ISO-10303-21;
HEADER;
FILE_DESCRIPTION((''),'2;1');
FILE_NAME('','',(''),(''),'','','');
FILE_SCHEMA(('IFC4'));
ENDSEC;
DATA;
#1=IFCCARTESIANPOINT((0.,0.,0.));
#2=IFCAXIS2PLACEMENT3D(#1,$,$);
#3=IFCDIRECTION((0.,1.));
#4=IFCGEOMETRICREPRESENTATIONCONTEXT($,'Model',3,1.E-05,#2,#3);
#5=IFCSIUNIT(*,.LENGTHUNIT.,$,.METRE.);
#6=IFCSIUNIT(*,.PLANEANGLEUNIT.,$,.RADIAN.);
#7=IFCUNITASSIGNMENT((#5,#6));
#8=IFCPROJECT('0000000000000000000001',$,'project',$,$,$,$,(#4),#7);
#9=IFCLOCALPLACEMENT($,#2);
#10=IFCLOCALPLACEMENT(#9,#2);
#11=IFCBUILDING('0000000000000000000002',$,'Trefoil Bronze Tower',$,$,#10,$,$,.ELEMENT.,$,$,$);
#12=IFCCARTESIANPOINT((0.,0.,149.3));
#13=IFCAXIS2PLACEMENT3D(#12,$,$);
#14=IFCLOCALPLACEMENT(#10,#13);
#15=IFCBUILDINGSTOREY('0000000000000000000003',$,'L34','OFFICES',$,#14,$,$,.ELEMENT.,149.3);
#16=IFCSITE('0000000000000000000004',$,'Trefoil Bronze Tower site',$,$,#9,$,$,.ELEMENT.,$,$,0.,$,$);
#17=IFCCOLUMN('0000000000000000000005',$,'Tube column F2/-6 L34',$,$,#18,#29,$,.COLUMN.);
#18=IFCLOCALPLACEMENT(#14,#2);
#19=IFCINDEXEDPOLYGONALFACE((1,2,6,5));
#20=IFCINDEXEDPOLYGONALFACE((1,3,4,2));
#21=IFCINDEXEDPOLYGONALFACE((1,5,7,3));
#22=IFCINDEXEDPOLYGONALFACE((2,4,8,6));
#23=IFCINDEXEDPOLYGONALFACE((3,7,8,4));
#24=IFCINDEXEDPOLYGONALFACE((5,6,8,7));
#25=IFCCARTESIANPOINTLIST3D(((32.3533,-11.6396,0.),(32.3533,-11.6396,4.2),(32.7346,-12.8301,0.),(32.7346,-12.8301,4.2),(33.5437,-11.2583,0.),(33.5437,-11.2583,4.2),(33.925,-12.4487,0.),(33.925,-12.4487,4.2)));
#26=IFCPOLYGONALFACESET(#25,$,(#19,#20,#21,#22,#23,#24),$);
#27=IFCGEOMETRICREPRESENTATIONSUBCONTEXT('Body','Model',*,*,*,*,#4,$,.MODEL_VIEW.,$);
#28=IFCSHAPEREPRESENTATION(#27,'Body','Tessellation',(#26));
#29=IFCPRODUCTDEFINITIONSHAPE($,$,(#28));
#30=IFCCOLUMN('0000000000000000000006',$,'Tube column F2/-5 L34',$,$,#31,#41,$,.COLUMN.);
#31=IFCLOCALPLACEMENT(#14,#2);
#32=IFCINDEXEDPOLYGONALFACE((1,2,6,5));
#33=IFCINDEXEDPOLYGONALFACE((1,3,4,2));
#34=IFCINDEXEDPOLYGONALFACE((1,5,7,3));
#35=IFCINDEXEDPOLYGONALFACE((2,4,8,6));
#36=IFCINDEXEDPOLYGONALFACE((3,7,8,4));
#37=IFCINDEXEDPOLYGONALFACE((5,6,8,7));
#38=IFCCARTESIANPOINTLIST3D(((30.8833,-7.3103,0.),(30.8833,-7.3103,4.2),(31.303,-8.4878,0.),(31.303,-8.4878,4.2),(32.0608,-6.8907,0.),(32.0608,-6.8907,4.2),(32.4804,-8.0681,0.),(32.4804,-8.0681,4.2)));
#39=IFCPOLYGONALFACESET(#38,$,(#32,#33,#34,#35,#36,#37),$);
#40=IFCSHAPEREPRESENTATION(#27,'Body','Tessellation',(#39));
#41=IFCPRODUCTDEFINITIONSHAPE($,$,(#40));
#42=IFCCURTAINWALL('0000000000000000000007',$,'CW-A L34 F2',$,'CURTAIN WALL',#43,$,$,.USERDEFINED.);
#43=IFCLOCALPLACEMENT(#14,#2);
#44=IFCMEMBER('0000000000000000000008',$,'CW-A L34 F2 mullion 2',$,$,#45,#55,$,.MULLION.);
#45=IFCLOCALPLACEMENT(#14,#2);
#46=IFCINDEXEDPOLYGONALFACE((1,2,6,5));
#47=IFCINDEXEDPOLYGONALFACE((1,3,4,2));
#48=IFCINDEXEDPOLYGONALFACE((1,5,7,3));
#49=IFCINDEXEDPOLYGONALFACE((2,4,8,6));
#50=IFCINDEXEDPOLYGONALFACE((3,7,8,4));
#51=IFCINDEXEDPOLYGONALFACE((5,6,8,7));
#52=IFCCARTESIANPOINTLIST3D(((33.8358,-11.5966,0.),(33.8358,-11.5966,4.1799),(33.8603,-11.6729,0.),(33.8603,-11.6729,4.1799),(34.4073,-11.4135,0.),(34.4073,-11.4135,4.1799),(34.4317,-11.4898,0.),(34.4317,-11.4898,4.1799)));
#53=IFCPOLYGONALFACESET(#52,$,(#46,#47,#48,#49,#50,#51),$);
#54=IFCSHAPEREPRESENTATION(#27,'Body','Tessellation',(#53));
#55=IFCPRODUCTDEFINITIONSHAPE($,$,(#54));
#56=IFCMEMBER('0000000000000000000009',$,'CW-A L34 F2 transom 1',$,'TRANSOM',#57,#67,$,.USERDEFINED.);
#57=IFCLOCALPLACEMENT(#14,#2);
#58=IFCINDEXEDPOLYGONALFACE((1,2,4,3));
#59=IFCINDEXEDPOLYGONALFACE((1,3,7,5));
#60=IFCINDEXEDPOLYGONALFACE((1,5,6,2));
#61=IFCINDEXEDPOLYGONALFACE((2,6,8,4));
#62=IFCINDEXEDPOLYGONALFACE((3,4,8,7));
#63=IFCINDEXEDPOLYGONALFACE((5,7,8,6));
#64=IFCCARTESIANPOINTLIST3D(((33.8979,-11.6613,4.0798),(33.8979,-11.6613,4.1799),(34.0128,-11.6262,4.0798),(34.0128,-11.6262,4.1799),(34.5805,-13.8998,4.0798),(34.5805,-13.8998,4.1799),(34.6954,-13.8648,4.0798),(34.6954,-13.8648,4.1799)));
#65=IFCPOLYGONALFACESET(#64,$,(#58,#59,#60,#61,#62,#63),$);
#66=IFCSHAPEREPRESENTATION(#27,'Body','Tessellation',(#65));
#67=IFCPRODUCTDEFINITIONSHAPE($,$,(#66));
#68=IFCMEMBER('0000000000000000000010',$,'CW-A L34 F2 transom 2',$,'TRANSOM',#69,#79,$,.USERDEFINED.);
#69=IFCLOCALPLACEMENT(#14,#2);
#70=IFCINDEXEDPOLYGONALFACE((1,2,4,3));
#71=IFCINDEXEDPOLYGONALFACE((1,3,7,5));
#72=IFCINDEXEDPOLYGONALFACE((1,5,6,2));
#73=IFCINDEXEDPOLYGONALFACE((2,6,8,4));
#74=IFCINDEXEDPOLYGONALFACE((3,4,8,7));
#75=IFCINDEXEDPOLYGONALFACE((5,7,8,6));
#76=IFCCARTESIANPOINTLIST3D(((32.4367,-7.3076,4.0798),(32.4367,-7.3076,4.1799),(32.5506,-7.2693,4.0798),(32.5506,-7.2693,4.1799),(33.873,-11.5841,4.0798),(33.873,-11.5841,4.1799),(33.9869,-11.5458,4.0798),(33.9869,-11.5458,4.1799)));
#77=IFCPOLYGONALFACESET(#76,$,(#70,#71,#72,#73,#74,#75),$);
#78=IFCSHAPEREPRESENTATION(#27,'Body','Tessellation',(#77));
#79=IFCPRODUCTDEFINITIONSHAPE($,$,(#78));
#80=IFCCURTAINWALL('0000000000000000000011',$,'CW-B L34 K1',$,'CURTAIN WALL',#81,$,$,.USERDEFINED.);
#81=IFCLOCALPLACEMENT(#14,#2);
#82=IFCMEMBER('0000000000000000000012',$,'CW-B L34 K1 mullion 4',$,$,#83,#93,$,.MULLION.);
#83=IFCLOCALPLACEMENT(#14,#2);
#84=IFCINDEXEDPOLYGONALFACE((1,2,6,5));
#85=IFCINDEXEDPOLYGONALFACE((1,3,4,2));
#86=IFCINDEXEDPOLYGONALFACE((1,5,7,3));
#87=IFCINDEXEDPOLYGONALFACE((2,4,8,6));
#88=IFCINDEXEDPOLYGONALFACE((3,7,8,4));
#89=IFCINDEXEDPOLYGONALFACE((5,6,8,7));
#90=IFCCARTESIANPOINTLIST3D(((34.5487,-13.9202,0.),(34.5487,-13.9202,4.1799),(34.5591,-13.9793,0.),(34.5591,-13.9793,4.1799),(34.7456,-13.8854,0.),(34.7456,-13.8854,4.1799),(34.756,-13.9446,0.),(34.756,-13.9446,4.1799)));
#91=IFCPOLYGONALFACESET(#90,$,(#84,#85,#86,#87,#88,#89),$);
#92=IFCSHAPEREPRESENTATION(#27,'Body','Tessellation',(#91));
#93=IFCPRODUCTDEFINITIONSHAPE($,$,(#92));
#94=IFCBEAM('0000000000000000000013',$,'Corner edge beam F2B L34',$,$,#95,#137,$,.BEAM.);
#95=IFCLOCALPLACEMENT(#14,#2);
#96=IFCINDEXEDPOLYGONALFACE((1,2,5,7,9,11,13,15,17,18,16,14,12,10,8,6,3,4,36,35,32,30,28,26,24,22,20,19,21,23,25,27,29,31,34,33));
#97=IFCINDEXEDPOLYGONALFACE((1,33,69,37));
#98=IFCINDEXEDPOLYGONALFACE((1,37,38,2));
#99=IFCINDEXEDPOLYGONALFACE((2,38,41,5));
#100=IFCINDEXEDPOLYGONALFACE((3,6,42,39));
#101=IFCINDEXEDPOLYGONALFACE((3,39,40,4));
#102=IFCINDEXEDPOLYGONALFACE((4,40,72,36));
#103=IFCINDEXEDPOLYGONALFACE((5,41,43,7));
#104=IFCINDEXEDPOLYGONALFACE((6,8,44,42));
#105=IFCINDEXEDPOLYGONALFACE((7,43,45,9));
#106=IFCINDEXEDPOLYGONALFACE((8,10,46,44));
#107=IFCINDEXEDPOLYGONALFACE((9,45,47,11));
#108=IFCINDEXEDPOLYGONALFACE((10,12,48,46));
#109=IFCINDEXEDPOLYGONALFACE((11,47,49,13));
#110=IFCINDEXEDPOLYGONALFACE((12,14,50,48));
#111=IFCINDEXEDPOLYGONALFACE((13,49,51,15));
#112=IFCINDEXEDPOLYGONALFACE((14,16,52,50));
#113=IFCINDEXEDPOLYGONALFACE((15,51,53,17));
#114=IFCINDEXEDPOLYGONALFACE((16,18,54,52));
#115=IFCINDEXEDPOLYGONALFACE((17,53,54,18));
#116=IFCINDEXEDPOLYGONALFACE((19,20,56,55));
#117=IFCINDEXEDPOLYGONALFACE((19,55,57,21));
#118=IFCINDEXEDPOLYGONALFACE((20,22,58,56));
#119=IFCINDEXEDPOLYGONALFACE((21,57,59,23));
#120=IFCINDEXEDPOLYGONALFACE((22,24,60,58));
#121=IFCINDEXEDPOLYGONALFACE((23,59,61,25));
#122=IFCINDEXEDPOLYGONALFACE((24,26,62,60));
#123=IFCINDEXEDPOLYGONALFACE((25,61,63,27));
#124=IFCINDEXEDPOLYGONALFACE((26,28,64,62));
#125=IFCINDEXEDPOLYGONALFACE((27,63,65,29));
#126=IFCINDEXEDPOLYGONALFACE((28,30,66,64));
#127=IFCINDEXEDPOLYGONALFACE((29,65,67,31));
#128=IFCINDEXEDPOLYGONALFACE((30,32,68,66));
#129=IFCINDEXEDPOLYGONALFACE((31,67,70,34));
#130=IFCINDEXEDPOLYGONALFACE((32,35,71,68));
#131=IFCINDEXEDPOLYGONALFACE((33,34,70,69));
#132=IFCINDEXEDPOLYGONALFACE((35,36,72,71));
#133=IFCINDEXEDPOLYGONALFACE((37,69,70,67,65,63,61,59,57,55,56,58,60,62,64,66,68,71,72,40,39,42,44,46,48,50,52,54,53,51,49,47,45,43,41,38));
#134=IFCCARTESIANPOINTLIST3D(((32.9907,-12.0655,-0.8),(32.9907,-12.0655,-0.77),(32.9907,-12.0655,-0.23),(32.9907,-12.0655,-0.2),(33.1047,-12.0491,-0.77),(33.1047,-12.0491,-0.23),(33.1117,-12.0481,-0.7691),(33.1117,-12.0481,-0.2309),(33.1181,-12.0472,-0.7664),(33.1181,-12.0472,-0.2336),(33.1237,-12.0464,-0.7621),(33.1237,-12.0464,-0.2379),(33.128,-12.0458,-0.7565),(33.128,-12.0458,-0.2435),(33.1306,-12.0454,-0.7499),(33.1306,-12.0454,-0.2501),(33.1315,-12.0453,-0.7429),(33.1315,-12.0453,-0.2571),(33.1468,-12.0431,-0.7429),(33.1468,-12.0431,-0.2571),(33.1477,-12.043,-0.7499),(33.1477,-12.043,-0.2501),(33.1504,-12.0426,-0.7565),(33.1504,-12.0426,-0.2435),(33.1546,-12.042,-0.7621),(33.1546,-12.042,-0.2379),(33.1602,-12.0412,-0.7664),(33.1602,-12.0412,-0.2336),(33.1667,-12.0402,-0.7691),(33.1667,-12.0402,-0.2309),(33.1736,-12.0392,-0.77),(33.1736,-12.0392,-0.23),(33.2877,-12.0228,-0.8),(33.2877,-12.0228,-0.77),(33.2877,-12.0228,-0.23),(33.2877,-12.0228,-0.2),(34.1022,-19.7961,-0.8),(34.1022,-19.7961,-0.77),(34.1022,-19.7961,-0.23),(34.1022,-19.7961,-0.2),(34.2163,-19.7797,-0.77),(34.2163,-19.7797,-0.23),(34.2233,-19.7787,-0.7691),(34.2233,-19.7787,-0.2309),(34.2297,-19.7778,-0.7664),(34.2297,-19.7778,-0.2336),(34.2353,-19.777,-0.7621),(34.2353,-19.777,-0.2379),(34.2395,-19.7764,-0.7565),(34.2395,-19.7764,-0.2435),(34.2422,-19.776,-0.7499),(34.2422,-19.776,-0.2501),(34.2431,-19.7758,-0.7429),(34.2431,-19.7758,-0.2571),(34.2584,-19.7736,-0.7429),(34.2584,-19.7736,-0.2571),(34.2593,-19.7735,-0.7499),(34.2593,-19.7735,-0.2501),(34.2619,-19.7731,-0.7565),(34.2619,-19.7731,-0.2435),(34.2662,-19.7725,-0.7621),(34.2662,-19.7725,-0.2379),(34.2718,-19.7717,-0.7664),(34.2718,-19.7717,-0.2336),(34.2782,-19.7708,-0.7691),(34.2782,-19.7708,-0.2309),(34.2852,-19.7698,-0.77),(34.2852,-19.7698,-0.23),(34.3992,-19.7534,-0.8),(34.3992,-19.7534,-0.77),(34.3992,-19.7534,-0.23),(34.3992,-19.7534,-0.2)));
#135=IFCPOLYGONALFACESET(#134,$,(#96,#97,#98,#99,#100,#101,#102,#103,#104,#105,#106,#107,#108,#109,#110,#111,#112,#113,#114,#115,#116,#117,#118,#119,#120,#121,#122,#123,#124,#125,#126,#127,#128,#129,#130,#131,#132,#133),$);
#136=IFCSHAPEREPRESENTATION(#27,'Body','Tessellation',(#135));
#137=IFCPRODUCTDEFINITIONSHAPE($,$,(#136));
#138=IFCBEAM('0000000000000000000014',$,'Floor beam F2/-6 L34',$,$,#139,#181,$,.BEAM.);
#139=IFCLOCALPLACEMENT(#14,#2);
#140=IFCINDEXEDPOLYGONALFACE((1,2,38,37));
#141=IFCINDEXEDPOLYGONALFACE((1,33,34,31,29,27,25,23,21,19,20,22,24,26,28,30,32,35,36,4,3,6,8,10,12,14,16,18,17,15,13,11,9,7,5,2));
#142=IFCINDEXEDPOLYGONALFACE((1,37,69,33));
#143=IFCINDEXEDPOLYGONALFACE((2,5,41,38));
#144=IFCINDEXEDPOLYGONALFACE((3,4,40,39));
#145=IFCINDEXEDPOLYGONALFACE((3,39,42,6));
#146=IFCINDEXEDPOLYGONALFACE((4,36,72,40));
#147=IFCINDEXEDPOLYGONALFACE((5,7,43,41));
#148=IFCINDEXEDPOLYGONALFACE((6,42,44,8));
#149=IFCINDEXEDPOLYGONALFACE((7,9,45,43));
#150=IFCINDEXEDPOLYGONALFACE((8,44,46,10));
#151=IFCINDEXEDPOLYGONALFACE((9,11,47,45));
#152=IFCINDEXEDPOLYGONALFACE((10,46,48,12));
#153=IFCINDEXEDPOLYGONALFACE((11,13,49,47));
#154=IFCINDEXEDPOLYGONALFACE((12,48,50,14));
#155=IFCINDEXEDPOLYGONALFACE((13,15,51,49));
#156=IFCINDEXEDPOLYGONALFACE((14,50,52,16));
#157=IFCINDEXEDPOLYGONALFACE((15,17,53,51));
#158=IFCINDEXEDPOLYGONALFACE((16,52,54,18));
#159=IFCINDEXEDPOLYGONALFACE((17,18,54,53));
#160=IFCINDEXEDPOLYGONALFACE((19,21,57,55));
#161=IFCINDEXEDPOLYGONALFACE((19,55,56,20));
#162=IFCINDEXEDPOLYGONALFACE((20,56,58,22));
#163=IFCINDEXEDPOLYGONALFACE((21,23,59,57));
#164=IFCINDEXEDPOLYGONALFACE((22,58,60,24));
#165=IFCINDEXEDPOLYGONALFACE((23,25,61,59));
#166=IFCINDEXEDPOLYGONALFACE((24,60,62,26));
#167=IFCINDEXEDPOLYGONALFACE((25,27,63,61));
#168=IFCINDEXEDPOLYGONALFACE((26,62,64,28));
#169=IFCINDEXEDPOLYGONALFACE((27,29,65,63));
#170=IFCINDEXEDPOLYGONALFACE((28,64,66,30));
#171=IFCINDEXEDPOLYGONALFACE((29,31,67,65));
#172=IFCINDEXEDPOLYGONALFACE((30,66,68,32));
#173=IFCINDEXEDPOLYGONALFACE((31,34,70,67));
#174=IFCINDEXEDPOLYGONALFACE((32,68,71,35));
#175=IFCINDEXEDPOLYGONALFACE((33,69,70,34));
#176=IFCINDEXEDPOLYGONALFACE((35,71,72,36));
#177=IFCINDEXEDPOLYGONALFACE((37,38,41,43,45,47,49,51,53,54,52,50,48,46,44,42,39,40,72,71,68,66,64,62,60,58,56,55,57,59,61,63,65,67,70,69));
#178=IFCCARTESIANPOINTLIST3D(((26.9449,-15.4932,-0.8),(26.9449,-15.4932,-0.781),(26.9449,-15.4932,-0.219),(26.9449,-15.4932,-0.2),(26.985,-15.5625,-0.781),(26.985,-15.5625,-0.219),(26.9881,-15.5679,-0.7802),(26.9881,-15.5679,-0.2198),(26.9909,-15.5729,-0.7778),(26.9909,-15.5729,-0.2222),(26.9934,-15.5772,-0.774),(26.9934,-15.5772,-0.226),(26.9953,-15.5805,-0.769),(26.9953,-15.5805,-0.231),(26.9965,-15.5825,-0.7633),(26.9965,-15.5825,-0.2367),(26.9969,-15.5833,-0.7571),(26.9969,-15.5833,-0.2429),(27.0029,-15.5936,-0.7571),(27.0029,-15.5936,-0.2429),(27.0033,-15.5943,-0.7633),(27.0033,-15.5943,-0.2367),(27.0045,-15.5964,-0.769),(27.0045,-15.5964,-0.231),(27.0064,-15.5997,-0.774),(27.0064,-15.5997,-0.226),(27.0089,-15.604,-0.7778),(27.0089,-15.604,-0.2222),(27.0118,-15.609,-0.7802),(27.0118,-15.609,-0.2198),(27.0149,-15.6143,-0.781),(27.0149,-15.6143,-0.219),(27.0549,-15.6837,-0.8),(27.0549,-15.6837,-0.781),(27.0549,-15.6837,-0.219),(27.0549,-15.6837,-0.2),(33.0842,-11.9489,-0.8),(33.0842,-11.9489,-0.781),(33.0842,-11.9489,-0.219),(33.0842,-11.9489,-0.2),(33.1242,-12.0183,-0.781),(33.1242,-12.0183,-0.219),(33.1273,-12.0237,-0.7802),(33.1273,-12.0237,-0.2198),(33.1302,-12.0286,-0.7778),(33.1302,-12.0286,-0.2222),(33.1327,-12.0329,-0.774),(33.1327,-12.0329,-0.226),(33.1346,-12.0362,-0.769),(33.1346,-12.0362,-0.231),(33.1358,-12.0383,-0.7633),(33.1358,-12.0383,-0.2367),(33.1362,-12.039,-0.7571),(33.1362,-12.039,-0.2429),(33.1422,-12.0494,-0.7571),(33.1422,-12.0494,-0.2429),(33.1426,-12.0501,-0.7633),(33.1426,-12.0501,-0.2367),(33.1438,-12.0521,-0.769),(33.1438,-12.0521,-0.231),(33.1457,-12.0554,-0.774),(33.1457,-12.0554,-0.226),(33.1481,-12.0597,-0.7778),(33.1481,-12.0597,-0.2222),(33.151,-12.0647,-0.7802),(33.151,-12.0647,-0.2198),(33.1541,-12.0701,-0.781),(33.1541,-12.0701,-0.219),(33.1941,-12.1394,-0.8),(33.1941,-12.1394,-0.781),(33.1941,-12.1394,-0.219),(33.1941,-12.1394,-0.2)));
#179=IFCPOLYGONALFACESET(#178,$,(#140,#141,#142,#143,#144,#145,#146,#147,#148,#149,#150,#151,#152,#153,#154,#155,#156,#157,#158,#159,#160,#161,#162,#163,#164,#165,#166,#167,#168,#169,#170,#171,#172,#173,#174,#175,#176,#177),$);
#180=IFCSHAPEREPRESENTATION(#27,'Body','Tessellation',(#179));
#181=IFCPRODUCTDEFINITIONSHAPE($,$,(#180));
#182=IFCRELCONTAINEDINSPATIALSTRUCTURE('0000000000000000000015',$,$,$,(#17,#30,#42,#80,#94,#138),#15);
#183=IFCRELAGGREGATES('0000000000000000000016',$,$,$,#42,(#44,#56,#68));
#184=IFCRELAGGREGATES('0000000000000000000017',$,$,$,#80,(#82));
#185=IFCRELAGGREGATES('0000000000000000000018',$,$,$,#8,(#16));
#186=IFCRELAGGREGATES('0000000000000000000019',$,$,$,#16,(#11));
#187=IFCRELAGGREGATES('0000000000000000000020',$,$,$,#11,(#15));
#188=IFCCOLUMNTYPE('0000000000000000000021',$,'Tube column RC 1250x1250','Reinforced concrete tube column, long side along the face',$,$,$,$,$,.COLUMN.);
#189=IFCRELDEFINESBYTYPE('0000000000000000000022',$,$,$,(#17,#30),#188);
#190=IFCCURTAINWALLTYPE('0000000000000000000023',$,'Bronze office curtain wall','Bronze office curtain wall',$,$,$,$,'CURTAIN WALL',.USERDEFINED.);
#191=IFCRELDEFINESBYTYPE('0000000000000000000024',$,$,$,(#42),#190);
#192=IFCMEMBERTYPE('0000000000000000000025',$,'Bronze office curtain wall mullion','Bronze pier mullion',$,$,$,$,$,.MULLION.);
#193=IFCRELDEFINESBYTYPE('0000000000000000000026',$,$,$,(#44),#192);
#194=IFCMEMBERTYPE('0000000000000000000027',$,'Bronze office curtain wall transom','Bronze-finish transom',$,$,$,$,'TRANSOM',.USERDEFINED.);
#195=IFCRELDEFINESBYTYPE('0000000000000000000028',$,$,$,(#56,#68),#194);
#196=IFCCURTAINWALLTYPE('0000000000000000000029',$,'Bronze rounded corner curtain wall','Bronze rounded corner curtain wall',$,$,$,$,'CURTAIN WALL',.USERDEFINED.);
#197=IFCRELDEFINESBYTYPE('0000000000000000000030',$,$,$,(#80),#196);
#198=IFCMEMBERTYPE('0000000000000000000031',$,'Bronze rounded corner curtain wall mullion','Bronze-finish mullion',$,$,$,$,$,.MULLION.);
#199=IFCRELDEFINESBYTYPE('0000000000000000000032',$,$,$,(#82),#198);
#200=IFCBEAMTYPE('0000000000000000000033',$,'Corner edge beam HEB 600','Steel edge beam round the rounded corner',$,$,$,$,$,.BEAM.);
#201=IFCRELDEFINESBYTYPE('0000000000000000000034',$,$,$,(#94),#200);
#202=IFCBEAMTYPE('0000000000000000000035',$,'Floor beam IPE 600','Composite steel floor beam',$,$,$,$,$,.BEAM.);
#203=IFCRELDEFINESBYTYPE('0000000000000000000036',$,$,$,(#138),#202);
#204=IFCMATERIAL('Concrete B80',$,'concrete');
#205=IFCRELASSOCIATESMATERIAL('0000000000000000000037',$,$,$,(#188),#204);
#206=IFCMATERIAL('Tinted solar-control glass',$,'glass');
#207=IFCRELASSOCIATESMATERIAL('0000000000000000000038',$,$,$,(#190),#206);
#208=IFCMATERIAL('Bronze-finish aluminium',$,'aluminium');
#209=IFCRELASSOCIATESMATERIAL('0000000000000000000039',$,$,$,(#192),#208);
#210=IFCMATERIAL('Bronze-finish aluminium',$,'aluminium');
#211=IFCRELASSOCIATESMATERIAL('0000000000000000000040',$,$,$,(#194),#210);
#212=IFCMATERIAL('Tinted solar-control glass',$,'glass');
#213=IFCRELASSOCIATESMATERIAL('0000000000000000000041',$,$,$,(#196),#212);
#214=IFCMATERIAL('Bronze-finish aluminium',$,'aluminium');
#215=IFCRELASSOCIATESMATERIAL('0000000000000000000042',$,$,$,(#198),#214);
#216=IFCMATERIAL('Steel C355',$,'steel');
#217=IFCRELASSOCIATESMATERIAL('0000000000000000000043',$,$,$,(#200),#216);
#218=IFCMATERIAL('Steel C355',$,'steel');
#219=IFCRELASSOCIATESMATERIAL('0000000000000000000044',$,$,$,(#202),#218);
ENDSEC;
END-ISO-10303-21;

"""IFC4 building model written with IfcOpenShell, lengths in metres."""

from ifc_helpers import new_model, si_unit, direction, frame, origin, origin_2d, place, context, subcontext, project, spatial, rectangle, i_section, extrude, material, material_profile, profile_set, type_object, element, aggregate, save


model = new_model("IFC4")

# Units and contexts
model_context = context("Model", 3, precision=1e-05, world=origin(), true_north=direction((0.0, 1.0)))
body_context = subcontext(model_context, "Body", "Model", "MODEL_VIEW")
ifc_project = project(units=[si_unit("LENGTHUNIT", "METRE"), si_unit("PLANEANGLEUNIT", "RADIAN")], contexts=[model_context])

# Site, building, storey
site_placement = place(None, origin())
site = spatial("IfcSite", under=ifc_project, at=site_placement, Name="Trefoil Bronze Tower site", CompositionType="ELEMENT", RefElevation=0.0)
building_placement = place(site_placement, origin())
building = spatial("IfcBuilding", under=site, at=building_placement, Name="Trefoil Bronze Tower", CompositionType="ELEMENT")
storey_placement = place(building_placement, frame((0.0, 0.0, 149.3)))
storey = spatial("IfcBuildingStorey", under=building, at=storey_placement, Name="L34", Description="OFFICES", CompositionType="ELEMENT", Elevation=149.3)

# Columns
ifc_material_1 = material(Name="Concrete B80", Category="concrete")
ifc_material_profile_1 = material_profile(ifc_material_1, rectangle(XDim=1.25, YDim=1.25, at=origin_2d()), Name="RC 1250x1250")
ifc_profile_set_1 = profile_set([ifc_material_profile_1], Name="Concrete B80")
column_type = type_object("IfcColumnType", Name="Tube column RC 1250x1250", Description="Reinforced concrete tube column, long side along the face", PredefinedType="COLUMN", material=ifc_profile_set_1)
for number, where, z_axis, x_axis, name in (
    (1, (33.1392, -12.0442, 0.0), (0.0, 0.0, 1.0), (-0.305066, 0.952331, 0.0), "Tube column F2/-6 L34"),
    (2, (31.6819, -7.6892, 0.0), (0.0, 0.0, 1.0), (-0.335718, 0.941963, 0.0), "Tube column F2/-5 L34"),
):
    element("IfcColumn", number, at=place(storey_placement, frame(where, z_axis=z_axis, x_axis=x_axis)), inside=storey, type_object=column_type, Name=name, PredefinedType="COLUMN", context=body_context, shape_type="SweptSolid", body=[
        extrude(rectangle(XDim=1.25, YDim=1.25, at=origin_2d()), origin(), (0.0, 0.0, 1.0), 4.2),
    ])

# Curtain wall, members
ifc_material_2 = material(Name="Tinted solar-control glass", Category="glass")
curtain_wall_type_1 = type_object("IfcCurtainWallType", Name="Bronze office curtain wall", Description="Bronze office curtain wall", ElementType="CURTAIN WALL", PredefinedType="USERDEFINED", material=ifc_material_2)
curtain_wall_1_placement = place(storey_placement, origin())
curtain_wall_1 = element("IfcCurtainWall", 3, at=curtain_wall_1_placement, inside=storey, type_object=curtain_wall_type_1, Name="CW-A L34 F2", ObjectType="CURTAIN WALL", PredefinedType="USERDEFINED")
ifc_material_3 = material(Name="Bronze-finish aluminium", Category="aluminium")
ifc_material_profile_2 = material_profile(ifc_material_3, rectangle(XDim=0.6001, YDim=0.0801, at=origin_2d()), Name="CW-A mullion")
ifc_profile_set_2 = profile_set([ifc_material_profile_2], Name="Bronze-finish aluminium")
member_type_1 = type_object("IfcMemberType", Name="Bronze office curtain wall mullion", Description="Bronze pier mullion", PredefinedType="MULLION", material=ifc_profile_set_2)
member_1_placement = place(storey_placement, frame((34.1338, -11.5432, 0.0), z_axis=(0.0, 0.0, 1.0), x_axis=(-0.952331, -0.305066, 0.0)))
member_1 = element("IfcMember", 4, at=member_1_placement, type_object=member_type_1, Name="CW-A L34 F2 mullion 2", PredefinedType="MULLION", context=body_context, shape_type="SweptSolid", body=[
    extrude(rectangle(XDim=0.6001, YDim=0.0801, at=origin_2d()), origin(), (0.0, 0.0, 1.0), 4.1799),
])
ifc_material_4 = material(Name="Bronze-finish aluminium", Category="aluminium")
ifc_material_profile_3 = material_profile(ifc_material_4, rectangle(XDim=0.1201, YDim=0.1001, at=origin_2d()), Name="CW-A transom")
ifc_profile_set_3 = profile_set([ifc_material_profile_3], Name="Bronze-finish aluminium")
member_type_2 = type_object("IfcMemberType", Name="Bronze office curtain wall transom", Description="Bronze-finish transom", ElementType="TRANSOM", PredefinedType="USERDEFINED", material=ifc_profile_set_3)
member_2_placement = place(storey_placement, frame((34.6379, -13.8823, 4.1299), z_axis=(-0.29168, 0.956516, 0.0), x_axis=(-0.956516, -0.29168, 0.0)))
member_2 = element("IfcMember", 5, at=member_2_placement, type_object=member_type_2, Name="CW-A L34 F2 transom 1", ObjectType="TRANSOM", PredefinedType="USERDEFINED", context=body_context, shape_type="SweptSolid", body=[
    extrude(rectangle(XDim=0.1201, YDim=0.1001, at=origin_2d()), origin(), (0.0, 0.0, 1.0), 2.3403),
])
member_3_placement = place(storey_placement, frame((33.9299, -11.5649, 4.1299), z_axis=(-0.318386, 0.947961, 0.0), x_axis=(-0.947961, -0.318386, 0.0)))
member_3 = element("IfcMember", 6, at=member_3_placement, type_object=member_type_2, Name="CW-A L34 F2 transom 2", ObjectType="TRANSOM", PredefinedType="USERDEFINED", context=body_context, shape_type="SweptSolid", body=[
    extrude(rectangle(XDim=0.1201, YDim=0.1001, at=origin_2d()), origin(), (0.0, 0.0, 1.0), 4.5112),
])

# Curtain wall, member
ifc_material_5 = material(Name="Tinted solar-control glass", Category="glass")
curtain_wall_type_2 = type_object("IfcCurtainWallType", Name="Bronze rounded corner curtain wall", Description="Bronze rounded corner curtain wall", ElementType="CURTAIN WALL", PredefinedType="USERDEFINED", material=ifc_material_5)
curtain_wall_2_placement = place(storey_placement, origin())
curtain_wall_2 = element("IfcCurtainWall", 7, at=curtain_wall_2_placement, inside=storey, type_object=curtain_wall_type_2, Name="CW-B L34 K1", ObjectType="CURTAIN WALL", PredefinedType="USERDEFINED")
ifc_material_6 = material(Name="Bronze-finish aluminium", Category="aluminium")
ifc_material_profile_4 = material_profile(ifc_material_6, rectangle(XDim=0.2, YDim=0.0601, at=origin_2d()), Name="CW-B mullion")
ifc_profile_set_4 = profile_set([ifc_material_profile_4], Name="Bronze-finish aluminium")
member_type_3 = type_object("IfcMemberType", Name="Bronze rounded corner curtain wall mullion", Description="Bronze-finish mullion", PredefinedType="MULLION", material=ifc_profile_set_4)
member_4_placement = place(storey_placement, frame((34.6523, -13.9324, 0.0), z_axis=(0.0, 0.0, 1.0), x_axis=(-0.984808, -0.173648, 0.0)))
member_4 = element("IfcMember", 8, at=member_4_placement, type_object=member_type_3, Name="CW-B L34 K1 mullion 4", PredefinedType="MULLION", context=body_context, shape_type="SweptSolid", body=[
    extrude(rectangle(XDim=0.2, YDim=0.0601, at=origin_2d()), origin(), (0.0, 0.0, 1.0), 4.1799),
])

# Beams
ifc_material_7 = material(Name="Steel C355", Category="steel")
ifc_material_profile_5 = material_profile(ifc_material_7, i_section(OverallWidth=0.3, OverallDepth=0.6001, WebThickness=0.0154, FlangeThickness=0.03, FilletRadius=0.0271, at=origin_2d()), Name="HEB 600")
ifc_profile_set_5 = profile_set([ifc_material_profile_5], Name="Steel C355")
beam_type_1 = type_object("IfcBeamType", Name="Corner edge beam HEB 600", Description="Steel edge beam round the rounded corner", PredefinedType="BEAM", material=ifc_profile_set_5)
beam_1_placement = place(storey_placement, frame((33.1392, -12.0442, -0.5), z_axis=(0.142327, -0.98982, 0.0), x_axis=(0.98982, 0.142327, 0.0)))
element("IfcBeam", 9, at=beam_1_placement, inside=storey, type_object=beam_type_1, Name="Corner edge beam F2B L34", PredefinedType="BEAM", context=body_context, shape_type="SweptSolid", body=[
    extrude(i_section(OverallWidth=0.3, OverallDepth=0.6001, WebThickness=0.0154, FlangeThickness=0.03, FilletRadius=0.0271, at=origin_2d()), origin(), (0.0, 0.0, 1.0), 7.8101),
])
ifc_material_8 = material(Name="Steel C355", Category="steel")
ifc_material_profile_6 = material_profile(ifc_material_8, i_section(OverallWidth=0.22, OverallDepth=0.6001, WebThickness=0.012, FlangeThickness=0.019, FilletRadius=0.0239, at=origin_2d()), Name="IPE 600")
ifc_profile_set_6 = profile_set([ifc_material_profile_6], Name="Steel C355")
beam_type_2 = type_object("IfcBeamType", Name="Floor beam IPE 600", Description="Composite steel floor beam", PredefinedType="BEAM", material=ifc_profile_set_6)
beam_2_placement = place(storey_placement, frame((33.1392, -12.0442, -0.5), z_axis=(-0.866041, -0.499973, 0.0), x_axis=(0.499973, -0.866041, 0.0)))
element("IfcBeam", 10, at=beam_2_placement, inside=storey, type_object=beam_type_2, Name="Floor beam F2/-6 L34", PredefinedType="BEAM", context=body_context, shape_type="SweptSolid", body=[
    extrude(i_section(OverallWidth=0.22, OverallDepth=0.6001, WebThickness=0.012, FlangeThickness=0.019, FilletRadius=0.0239, at=origin_2d()), origin(), (0.0, 0.0, 1.0), 7.0889),
])

aggregate(curtain_wall_1, [member_1, member_2, member_3])
aggregate(curtain_wall_2, [member_4])

save(model, "model.ifc")
